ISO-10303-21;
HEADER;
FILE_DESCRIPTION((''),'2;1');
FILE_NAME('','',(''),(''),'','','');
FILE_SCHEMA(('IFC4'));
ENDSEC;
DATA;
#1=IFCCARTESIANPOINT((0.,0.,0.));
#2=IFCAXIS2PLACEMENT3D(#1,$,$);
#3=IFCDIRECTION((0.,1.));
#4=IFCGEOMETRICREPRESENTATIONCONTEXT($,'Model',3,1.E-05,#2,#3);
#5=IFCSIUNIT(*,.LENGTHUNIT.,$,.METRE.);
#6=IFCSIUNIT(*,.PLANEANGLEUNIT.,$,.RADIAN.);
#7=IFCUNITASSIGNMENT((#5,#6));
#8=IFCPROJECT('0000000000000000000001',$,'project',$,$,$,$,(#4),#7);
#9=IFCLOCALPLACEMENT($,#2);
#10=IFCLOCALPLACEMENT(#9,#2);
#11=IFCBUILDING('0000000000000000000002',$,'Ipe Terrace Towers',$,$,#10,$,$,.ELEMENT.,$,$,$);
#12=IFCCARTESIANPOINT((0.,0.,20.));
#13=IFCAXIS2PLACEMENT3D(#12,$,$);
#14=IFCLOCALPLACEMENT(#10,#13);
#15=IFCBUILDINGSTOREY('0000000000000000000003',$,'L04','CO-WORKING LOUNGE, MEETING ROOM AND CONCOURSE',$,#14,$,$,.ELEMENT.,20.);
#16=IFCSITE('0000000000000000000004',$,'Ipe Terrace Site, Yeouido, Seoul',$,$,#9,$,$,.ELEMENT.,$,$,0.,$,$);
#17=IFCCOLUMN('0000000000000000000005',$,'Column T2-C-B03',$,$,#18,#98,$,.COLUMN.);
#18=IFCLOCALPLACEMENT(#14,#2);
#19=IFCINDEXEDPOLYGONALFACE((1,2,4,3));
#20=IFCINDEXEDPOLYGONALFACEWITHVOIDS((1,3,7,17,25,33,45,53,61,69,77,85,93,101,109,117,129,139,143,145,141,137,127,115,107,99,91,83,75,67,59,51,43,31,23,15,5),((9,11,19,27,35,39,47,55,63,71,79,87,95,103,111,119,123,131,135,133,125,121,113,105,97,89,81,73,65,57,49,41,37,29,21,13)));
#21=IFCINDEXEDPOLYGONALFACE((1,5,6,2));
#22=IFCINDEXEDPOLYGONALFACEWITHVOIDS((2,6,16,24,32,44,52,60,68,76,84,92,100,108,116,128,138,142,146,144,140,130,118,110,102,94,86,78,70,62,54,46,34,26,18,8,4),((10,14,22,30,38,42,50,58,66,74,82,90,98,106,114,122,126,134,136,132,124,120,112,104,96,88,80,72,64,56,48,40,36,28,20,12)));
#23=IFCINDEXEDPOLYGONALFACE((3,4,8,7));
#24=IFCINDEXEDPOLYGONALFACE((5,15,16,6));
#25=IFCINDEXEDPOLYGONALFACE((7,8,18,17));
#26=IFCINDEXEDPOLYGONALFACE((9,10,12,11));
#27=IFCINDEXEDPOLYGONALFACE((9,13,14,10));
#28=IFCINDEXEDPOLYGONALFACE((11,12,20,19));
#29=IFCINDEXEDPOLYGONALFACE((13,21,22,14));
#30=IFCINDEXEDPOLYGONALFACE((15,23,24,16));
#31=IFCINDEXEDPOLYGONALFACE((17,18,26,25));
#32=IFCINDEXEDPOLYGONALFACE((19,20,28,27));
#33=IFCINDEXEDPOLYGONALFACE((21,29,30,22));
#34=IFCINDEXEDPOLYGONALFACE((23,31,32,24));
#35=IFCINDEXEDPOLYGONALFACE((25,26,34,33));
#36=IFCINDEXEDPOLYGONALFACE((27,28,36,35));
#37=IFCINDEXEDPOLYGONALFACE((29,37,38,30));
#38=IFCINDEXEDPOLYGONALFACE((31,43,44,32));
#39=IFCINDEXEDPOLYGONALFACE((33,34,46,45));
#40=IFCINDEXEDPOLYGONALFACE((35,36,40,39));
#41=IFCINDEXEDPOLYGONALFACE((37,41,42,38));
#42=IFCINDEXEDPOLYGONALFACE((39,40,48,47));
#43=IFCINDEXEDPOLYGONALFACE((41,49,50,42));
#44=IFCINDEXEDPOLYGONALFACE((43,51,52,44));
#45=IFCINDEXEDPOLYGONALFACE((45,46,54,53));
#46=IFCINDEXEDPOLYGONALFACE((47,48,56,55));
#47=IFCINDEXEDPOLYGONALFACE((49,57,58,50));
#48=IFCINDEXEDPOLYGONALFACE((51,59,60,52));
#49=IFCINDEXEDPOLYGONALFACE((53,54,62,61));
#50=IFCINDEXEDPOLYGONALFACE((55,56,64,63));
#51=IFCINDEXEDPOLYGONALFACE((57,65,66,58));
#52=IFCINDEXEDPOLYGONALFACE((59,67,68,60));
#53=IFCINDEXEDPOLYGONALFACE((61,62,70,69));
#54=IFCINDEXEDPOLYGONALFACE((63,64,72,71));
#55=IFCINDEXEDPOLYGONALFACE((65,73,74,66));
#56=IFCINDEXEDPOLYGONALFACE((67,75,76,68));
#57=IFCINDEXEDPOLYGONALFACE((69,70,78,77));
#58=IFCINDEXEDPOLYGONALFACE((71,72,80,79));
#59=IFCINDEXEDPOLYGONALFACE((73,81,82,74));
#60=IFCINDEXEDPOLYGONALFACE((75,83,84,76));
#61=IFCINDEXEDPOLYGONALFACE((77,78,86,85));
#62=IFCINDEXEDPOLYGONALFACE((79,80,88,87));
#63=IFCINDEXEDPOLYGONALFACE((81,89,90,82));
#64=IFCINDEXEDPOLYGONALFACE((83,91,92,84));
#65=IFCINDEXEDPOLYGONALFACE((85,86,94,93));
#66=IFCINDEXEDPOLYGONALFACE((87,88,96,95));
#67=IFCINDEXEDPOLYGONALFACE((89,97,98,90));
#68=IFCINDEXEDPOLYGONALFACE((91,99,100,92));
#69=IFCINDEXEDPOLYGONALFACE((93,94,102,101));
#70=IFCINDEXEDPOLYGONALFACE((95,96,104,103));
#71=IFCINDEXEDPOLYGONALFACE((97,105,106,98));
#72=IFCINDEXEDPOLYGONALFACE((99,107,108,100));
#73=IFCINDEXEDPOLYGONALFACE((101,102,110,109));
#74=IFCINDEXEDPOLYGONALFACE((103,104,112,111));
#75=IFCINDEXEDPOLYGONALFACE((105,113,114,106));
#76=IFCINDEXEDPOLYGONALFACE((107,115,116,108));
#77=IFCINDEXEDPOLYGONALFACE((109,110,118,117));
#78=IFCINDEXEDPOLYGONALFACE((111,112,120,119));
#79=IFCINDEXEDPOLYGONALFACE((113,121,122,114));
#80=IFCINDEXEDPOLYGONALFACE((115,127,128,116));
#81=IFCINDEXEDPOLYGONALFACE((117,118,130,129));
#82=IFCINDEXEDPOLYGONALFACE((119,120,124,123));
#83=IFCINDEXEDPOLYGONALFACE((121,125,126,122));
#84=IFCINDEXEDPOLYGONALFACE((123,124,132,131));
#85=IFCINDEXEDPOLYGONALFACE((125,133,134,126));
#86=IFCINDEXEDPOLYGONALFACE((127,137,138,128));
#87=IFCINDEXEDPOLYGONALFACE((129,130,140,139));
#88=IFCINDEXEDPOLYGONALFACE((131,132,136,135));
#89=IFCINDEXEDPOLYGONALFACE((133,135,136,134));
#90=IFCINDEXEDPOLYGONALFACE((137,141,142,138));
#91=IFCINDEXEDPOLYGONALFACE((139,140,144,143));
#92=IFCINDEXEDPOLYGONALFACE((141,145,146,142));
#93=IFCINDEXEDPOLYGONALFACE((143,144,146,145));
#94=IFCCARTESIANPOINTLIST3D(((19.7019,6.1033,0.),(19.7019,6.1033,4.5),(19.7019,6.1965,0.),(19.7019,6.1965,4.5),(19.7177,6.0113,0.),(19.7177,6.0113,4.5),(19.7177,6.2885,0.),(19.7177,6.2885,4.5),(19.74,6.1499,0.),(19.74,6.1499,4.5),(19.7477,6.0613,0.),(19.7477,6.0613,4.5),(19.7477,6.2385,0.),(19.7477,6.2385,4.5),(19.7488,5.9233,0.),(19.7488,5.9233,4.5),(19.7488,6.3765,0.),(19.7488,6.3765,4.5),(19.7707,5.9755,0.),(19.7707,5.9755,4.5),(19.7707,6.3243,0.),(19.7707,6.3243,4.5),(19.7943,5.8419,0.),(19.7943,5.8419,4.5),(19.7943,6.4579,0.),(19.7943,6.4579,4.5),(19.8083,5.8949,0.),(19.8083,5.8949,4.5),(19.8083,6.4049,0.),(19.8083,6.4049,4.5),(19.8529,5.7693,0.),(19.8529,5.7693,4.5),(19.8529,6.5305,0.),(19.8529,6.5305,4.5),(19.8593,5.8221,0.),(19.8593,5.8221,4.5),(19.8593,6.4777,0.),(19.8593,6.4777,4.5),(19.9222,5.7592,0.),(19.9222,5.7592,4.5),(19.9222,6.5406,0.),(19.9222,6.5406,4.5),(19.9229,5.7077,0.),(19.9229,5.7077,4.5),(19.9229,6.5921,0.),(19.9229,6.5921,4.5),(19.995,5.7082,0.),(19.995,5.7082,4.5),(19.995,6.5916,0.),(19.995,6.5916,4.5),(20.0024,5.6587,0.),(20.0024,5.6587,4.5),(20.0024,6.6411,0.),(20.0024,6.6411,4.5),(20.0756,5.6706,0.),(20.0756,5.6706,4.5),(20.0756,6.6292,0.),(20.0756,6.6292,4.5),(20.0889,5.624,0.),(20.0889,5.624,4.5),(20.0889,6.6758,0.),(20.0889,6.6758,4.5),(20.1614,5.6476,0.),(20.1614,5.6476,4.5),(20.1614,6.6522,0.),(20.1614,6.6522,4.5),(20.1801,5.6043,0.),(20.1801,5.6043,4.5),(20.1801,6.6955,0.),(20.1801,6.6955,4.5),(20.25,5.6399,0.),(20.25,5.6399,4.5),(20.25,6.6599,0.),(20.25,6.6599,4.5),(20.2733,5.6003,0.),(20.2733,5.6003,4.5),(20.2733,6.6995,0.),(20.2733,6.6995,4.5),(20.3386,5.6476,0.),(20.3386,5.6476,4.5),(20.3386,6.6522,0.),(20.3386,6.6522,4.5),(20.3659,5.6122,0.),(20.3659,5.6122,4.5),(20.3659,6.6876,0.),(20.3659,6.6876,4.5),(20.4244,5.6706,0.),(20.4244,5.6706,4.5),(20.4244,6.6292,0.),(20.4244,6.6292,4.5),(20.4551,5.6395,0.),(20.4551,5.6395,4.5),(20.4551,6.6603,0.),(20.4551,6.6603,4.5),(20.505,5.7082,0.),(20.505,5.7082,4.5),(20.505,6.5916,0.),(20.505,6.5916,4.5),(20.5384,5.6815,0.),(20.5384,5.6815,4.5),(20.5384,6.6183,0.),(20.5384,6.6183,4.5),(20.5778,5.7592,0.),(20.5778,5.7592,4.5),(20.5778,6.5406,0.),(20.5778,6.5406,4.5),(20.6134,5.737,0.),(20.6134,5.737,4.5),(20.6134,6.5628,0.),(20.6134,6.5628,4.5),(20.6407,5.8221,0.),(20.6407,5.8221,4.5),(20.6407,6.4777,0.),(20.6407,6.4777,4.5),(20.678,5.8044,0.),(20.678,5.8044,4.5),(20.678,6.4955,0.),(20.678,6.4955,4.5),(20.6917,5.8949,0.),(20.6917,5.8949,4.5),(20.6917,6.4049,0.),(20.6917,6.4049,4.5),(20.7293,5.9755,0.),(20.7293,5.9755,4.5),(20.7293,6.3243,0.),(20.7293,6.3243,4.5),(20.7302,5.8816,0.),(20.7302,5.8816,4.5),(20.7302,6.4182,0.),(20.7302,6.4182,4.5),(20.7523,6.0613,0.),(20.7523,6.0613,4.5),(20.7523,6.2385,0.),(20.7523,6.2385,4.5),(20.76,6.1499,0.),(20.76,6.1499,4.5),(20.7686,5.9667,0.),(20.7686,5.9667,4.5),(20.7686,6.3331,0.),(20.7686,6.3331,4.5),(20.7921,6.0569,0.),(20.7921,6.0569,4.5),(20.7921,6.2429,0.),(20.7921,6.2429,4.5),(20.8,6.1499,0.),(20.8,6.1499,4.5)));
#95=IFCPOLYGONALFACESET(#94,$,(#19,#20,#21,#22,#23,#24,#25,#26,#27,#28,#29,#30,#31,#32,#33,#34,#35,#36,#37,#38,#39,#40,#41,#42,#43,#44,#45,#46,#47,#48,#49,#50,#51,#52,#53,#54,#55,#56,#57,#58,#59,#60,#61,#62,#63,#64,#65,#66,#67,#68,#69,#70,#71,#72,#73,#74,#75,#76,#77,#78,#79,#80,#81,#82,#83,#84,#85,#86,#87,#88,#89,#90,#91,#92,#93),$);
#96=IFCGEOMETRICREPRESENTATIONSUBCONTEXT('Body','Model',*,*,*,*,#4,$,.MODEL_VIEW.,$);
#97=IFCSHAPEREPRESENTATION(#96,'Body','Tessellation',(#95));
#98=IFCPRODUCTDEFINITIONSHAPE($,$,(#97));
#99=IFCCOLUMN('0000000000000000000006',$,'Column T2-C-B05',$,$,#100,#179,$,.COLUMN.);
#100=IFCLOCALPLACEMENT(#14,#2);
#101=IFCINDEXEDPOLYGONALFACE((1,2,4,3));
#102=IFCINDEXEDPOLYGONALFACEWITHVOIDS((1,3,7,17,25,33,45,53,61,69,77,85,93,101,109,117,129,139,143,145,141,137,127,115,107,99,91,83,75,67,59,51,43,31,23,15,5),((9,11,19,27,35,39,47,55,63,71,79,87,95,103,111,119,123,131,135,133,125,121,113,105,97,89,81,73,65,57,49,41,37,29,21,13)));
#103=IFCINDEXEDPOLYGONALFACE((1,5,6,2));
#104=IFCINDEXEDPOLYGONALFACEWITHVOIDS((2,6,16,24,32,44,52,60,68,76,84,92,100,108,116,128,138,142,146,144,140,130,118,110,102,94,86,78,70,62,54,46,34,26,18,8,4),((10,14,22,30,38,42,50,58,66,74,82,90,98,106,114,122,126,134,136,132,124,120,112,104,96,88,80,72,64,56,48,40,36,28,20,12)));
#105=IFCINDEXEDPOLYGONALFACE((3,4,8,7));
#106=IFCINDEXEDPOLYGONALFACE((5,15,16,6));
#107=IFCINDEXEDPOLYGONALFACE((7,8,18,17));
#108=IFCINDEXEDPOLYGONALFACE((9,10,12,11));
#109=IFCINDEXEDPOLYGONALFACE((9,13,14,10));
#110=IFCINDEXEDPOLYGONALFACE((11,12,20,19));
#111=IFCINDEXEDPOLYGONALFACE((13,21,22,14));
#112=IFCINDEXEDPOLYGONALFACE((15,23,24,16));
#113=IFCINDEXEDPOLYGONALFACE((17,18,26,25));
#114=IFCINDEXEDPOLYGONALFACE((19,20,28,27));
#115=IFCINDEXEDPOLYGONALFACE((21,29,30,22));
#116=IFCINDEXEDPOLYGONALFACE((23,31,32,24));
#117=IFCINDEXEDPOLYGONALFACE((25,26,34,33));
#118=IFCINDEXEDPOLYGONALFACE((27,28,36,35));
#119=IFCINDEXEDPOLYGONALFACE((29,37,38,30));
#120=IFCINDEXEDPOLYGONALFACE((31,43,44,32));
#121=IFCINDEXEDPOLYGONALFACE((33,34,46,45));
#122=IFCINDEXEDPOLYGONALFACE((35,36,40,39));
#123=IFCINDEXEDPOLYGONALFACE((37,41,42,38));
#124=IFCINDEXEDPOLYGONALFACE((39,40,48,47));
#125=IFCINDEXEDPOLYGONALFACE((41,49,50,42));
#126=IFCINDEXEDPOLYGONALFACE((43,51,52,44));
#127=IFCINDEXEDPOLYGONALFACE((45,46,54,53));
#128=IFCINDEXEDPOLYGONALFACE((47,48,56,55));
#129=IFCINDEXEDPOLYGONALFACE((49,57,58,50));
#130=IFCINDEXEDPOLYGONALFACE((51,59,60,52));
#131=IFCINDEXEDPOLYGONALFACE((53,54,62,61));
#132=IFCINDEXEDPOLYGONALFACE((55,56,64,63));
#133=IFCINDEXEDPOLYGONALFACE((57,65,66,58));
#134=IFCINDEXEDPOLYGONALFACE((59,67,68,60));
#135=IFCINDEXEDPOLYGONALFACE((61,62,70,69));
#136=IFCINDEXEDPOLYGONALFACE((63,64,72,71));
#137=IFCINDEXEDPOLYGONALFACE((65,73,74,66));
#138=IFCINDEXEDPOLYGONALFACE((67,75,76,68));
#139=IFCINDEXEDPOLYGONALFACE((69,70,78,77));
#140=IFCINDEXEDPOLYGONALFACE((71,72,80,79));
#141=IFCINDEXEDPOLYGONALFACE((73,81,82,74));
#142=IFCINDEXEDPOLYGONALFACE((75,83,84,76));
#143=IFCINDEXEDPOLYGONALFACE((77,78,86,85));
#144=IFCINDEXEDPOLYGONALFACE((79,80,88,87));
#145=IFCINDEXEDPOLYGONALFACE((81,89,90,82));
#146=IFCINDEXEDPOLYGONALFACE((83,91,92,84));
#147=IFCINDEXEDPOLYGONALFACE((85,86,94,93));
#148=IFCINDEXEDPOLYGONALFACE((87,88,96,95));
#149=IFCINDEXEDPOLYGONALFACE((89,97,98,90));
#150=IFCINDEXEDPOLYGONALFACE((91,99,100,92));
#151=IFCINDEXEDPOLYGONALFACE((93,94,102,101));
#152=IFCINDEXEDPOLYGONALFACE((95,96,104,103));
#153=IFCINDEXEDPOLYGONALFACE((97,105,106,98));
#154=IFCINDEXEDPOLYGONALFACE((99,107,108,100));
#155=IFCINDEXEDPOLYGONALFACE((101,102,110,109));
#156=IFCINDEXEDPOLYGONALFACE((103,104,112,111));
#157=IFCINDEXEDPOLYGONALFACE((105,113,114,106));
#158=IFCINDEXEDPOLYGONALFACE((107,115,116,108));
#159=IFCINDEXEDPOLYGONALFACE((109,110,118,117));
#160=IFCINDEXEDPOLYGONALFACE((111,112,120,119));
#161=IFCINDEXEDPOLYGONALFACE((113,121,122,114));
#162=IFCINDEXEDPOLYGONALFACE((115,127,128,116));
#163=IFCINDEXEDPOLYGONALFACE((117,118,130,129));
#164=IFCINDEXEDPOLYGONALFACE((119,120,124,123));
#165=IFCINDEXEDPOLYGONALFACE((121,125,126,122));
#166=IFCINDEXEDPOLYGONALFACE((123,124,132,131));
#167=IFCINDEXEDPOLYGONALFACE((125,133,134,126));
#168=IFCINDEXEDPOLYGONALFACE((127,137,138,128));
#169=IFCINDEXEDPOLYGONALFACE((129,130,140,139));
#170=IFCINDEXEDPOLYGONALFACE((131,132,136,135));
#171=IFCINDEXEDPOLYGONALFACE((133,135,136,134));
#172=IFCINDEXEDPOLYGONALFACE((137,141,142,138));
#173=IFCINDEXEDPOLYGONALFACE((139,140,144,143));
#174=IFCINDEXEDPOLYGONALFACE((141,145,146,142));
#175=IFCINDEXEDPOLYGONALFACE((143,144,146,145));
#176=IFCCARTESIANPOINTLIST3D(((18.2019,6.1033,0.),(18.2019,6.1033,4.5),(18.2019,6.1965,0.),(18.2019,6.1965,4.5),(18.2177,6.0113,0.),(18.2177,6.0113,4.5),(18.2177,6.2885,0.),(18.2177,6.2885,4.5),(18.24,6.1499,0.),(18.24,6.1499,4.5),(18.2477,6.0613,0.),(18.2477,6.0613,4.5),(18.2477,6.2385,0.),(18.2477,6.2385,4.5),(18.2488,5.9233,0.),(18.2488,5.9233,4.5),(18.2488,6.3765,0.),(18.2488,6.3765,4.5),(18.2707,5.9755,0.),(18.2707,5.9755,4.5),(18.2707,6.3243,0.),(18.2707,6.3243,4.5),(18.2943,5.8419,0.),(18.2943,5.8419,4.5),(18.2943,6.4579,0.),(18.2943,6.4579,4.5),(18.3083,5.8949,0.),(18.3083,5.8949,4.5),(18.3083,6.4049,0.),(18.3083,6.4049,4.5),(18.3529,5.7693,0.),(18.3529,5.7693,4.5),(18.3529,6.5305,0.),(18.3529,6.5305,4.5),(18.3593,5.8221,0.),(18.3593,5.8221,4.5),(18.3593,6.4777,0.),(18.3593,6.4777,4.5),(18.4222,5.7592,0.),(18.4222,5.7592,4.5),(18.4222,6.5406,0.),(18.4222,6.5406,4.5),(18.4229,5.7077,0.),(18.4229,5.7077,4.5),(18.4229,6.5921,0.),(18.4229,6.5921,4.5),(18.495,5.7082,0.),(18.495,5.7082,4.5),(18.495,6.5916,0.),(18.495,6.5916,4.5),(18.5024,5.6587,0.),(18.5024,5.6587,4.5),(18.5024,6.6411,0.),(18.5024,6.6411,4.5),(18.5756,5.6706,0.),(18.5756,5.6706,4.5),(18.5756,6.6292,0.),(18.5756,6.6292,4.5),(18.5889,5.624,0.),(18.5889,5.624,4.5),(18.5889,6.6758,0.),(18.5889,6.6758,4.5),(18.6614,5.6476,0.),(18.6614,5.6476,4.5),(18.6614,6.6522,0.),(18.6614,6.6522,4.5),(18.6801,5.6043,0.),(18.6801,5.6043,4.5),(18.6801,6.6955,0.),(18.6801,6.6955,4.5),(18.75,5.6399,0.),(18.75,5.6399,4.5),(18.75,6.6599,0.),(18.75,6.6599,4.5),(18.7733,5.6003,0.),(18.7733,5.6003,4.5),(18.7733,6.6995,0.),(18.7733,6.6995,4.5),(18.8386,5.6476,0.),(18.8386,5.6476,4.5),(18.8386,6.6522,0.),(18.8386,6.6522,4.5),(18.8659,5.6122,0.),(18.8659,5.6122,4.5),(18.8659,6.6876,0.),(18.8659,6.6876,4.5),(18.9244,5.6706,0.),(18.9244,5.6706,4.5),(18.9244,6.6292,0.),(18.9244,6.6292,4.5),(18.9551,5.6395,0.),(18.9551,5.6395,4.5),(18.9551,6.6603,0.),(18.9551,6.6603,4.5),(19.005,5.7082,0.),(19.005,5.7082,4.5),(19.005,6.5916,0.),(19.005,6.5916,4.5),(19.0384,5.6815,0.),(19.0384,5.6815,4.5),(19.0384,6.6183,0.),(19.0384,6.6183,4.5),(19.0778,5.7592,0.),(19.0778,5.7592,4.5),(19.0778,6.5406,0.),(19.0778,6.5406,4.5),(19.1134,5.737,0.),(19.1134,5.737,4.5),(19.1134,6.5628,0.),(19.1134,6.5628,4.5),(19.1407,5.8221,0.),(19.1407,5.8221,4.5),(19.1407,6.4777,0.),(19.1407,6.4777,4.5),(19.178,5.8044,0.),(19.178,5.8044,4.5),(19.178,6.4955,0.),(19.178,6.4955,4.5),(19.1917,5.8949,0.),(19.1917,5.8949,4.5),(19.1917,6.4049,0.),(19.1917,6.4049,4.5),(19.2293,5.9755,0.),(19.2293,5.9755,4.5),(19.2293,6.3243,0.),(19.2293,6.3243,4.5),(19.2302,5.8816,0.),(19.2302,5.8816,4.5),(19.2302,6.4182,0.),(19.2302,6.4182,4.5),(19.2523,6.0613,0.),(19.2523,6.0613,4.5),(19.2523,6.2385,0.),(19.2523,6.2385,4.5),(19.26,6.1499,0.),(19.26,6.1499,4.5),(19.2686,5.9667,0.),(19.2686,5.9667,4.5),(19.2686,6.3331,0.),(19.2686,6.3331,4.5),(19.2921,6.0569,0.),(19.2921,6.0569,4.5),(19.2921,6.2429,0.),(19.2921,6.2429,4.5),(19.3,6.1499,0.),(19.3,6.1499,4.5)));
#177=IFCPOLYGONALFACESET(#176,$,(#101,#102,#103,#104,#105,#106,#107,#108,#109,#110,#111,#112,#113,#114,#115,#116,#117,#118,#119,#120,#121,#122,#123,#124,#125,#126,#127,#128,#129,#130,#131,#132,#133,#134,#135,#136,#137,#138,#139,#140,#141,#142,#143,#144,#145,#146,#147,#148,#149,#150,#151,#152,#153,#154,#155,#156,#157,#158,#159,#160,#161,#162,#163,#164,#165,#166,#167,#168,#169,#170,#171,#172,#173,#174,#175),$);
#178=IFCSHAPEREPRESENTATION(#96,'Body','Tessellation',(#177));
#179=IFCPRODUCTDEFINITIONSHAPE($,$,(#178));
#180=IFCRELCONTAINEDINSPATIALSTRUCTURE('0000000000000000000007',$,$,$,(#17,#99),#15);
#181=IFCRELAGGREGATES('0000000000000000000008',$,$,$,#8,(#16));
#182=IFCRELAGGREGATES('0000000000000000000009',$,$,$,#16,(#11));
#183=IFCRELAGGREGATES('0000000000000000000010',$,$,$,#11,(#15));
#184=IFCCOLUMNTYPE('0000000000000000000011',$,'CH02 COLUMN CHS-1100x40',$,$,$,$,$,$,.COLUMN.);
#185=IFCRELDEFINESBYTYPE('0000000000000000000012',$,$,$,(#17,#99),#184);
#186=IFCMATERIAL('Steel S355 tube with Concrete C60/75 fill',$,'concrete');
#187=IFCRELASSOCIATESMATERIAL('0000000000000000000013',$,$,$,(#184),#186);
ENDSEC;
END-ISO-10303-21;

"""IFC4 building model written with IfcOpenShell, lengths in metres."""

from ifc_helpers import new_model, si_unit, direction, frame, origin, origin_2d, place, context, subcontext, project, spatial, hollow_circle, extrude, material, material_profile, profile_set, type_object, element, save


model = new_model("IFC4")

# Units and contexts
model_context = context("Model", 3, precision=1e-05, world=origin(), true_north=direction((0.0, 1.0)))
body_context = subcontext(model_context, "Body", "Model", "MODEL_VIEW")
ifc_project = project(units=[si_unit("LENGTHUNIT", "METRE"), si_unit("PLANEANGLEUNIT", "RADIAN")], contexts=[model_context])

# Site, building, storey
site_placement = place(None, origin())
site = spatial("IfcSite", under=ifc_project, at=site_placement, Name="Ipe Terrace Site, Yeouido, Seoul", CompositionType="ELEMENT", RefElevation=0.0)
building_placement = place(site_placement, origin())
building = spatial("IfcBuilding", under=site, at=building_placement, Name="Ipe Terrace Towers", CompositionType="ELEMENT")
storey_placement = place(building_placement, frame((0.0, 0.0, 20.0)))
storey = spatial("IfcBuildingStorey", under=building, at=storey_placement, Name="L04", Description="CO-WORKING LOUNGE, MEETING ROOM AND CONCOURSE", CompositionType="ELEMENT", Elevation=20.0)

# Columns
ifc_material_1 = material(Name="Steel S355 tube with Concrete C60/75 fill", Category="concrete")
ifc_material_profile_1 = material_profile(ifc_material_1, hollow_circle(Radius=0.55, WallThickness=0.04, at=origin_2d()), Name="CHS-1100x40")
ifc_profile_set_1 = profile_set([ifc_material_profile_1], Name="Steel S355 tube with Concrete C60/75 fill")
column_type_1 = type_object("IfcColumnType", Name="CH02 COLUMN CHS-1100x40", PredefinedType="COLUMN", material=ifc_profile_set_1)
for number, where, z_axis, x_axis, name in (
    (1, (20.25, 6.1499, 0.0), (0.0, 0.0, 1.0), (1.0, 0.0, 0.0), "Column T2-C-B03"),
    (2, (18.75, 6.1499, 0.0), (0.0, 0.0, 1.0), (1.0, 0.0, 0.0), "Column T2-C-B05"),
):
    element("IfcColumn", number, at=place(storey_placement, frame(where, z_axis=z_axis, x_axis=x_axis)), inside=storey, type_object=column_type_1, Name=name, PredefinedType="COLUMN", context=body_context, shape_type="SweptSolid", body=[
        extrude(hollow_circle(Radius=0.55, WallThickness=0.04, at=origin_2d()), origin(), (0.0, 0.0, 1.0), 4.5),
    ])

save(model, "model.ifc")
